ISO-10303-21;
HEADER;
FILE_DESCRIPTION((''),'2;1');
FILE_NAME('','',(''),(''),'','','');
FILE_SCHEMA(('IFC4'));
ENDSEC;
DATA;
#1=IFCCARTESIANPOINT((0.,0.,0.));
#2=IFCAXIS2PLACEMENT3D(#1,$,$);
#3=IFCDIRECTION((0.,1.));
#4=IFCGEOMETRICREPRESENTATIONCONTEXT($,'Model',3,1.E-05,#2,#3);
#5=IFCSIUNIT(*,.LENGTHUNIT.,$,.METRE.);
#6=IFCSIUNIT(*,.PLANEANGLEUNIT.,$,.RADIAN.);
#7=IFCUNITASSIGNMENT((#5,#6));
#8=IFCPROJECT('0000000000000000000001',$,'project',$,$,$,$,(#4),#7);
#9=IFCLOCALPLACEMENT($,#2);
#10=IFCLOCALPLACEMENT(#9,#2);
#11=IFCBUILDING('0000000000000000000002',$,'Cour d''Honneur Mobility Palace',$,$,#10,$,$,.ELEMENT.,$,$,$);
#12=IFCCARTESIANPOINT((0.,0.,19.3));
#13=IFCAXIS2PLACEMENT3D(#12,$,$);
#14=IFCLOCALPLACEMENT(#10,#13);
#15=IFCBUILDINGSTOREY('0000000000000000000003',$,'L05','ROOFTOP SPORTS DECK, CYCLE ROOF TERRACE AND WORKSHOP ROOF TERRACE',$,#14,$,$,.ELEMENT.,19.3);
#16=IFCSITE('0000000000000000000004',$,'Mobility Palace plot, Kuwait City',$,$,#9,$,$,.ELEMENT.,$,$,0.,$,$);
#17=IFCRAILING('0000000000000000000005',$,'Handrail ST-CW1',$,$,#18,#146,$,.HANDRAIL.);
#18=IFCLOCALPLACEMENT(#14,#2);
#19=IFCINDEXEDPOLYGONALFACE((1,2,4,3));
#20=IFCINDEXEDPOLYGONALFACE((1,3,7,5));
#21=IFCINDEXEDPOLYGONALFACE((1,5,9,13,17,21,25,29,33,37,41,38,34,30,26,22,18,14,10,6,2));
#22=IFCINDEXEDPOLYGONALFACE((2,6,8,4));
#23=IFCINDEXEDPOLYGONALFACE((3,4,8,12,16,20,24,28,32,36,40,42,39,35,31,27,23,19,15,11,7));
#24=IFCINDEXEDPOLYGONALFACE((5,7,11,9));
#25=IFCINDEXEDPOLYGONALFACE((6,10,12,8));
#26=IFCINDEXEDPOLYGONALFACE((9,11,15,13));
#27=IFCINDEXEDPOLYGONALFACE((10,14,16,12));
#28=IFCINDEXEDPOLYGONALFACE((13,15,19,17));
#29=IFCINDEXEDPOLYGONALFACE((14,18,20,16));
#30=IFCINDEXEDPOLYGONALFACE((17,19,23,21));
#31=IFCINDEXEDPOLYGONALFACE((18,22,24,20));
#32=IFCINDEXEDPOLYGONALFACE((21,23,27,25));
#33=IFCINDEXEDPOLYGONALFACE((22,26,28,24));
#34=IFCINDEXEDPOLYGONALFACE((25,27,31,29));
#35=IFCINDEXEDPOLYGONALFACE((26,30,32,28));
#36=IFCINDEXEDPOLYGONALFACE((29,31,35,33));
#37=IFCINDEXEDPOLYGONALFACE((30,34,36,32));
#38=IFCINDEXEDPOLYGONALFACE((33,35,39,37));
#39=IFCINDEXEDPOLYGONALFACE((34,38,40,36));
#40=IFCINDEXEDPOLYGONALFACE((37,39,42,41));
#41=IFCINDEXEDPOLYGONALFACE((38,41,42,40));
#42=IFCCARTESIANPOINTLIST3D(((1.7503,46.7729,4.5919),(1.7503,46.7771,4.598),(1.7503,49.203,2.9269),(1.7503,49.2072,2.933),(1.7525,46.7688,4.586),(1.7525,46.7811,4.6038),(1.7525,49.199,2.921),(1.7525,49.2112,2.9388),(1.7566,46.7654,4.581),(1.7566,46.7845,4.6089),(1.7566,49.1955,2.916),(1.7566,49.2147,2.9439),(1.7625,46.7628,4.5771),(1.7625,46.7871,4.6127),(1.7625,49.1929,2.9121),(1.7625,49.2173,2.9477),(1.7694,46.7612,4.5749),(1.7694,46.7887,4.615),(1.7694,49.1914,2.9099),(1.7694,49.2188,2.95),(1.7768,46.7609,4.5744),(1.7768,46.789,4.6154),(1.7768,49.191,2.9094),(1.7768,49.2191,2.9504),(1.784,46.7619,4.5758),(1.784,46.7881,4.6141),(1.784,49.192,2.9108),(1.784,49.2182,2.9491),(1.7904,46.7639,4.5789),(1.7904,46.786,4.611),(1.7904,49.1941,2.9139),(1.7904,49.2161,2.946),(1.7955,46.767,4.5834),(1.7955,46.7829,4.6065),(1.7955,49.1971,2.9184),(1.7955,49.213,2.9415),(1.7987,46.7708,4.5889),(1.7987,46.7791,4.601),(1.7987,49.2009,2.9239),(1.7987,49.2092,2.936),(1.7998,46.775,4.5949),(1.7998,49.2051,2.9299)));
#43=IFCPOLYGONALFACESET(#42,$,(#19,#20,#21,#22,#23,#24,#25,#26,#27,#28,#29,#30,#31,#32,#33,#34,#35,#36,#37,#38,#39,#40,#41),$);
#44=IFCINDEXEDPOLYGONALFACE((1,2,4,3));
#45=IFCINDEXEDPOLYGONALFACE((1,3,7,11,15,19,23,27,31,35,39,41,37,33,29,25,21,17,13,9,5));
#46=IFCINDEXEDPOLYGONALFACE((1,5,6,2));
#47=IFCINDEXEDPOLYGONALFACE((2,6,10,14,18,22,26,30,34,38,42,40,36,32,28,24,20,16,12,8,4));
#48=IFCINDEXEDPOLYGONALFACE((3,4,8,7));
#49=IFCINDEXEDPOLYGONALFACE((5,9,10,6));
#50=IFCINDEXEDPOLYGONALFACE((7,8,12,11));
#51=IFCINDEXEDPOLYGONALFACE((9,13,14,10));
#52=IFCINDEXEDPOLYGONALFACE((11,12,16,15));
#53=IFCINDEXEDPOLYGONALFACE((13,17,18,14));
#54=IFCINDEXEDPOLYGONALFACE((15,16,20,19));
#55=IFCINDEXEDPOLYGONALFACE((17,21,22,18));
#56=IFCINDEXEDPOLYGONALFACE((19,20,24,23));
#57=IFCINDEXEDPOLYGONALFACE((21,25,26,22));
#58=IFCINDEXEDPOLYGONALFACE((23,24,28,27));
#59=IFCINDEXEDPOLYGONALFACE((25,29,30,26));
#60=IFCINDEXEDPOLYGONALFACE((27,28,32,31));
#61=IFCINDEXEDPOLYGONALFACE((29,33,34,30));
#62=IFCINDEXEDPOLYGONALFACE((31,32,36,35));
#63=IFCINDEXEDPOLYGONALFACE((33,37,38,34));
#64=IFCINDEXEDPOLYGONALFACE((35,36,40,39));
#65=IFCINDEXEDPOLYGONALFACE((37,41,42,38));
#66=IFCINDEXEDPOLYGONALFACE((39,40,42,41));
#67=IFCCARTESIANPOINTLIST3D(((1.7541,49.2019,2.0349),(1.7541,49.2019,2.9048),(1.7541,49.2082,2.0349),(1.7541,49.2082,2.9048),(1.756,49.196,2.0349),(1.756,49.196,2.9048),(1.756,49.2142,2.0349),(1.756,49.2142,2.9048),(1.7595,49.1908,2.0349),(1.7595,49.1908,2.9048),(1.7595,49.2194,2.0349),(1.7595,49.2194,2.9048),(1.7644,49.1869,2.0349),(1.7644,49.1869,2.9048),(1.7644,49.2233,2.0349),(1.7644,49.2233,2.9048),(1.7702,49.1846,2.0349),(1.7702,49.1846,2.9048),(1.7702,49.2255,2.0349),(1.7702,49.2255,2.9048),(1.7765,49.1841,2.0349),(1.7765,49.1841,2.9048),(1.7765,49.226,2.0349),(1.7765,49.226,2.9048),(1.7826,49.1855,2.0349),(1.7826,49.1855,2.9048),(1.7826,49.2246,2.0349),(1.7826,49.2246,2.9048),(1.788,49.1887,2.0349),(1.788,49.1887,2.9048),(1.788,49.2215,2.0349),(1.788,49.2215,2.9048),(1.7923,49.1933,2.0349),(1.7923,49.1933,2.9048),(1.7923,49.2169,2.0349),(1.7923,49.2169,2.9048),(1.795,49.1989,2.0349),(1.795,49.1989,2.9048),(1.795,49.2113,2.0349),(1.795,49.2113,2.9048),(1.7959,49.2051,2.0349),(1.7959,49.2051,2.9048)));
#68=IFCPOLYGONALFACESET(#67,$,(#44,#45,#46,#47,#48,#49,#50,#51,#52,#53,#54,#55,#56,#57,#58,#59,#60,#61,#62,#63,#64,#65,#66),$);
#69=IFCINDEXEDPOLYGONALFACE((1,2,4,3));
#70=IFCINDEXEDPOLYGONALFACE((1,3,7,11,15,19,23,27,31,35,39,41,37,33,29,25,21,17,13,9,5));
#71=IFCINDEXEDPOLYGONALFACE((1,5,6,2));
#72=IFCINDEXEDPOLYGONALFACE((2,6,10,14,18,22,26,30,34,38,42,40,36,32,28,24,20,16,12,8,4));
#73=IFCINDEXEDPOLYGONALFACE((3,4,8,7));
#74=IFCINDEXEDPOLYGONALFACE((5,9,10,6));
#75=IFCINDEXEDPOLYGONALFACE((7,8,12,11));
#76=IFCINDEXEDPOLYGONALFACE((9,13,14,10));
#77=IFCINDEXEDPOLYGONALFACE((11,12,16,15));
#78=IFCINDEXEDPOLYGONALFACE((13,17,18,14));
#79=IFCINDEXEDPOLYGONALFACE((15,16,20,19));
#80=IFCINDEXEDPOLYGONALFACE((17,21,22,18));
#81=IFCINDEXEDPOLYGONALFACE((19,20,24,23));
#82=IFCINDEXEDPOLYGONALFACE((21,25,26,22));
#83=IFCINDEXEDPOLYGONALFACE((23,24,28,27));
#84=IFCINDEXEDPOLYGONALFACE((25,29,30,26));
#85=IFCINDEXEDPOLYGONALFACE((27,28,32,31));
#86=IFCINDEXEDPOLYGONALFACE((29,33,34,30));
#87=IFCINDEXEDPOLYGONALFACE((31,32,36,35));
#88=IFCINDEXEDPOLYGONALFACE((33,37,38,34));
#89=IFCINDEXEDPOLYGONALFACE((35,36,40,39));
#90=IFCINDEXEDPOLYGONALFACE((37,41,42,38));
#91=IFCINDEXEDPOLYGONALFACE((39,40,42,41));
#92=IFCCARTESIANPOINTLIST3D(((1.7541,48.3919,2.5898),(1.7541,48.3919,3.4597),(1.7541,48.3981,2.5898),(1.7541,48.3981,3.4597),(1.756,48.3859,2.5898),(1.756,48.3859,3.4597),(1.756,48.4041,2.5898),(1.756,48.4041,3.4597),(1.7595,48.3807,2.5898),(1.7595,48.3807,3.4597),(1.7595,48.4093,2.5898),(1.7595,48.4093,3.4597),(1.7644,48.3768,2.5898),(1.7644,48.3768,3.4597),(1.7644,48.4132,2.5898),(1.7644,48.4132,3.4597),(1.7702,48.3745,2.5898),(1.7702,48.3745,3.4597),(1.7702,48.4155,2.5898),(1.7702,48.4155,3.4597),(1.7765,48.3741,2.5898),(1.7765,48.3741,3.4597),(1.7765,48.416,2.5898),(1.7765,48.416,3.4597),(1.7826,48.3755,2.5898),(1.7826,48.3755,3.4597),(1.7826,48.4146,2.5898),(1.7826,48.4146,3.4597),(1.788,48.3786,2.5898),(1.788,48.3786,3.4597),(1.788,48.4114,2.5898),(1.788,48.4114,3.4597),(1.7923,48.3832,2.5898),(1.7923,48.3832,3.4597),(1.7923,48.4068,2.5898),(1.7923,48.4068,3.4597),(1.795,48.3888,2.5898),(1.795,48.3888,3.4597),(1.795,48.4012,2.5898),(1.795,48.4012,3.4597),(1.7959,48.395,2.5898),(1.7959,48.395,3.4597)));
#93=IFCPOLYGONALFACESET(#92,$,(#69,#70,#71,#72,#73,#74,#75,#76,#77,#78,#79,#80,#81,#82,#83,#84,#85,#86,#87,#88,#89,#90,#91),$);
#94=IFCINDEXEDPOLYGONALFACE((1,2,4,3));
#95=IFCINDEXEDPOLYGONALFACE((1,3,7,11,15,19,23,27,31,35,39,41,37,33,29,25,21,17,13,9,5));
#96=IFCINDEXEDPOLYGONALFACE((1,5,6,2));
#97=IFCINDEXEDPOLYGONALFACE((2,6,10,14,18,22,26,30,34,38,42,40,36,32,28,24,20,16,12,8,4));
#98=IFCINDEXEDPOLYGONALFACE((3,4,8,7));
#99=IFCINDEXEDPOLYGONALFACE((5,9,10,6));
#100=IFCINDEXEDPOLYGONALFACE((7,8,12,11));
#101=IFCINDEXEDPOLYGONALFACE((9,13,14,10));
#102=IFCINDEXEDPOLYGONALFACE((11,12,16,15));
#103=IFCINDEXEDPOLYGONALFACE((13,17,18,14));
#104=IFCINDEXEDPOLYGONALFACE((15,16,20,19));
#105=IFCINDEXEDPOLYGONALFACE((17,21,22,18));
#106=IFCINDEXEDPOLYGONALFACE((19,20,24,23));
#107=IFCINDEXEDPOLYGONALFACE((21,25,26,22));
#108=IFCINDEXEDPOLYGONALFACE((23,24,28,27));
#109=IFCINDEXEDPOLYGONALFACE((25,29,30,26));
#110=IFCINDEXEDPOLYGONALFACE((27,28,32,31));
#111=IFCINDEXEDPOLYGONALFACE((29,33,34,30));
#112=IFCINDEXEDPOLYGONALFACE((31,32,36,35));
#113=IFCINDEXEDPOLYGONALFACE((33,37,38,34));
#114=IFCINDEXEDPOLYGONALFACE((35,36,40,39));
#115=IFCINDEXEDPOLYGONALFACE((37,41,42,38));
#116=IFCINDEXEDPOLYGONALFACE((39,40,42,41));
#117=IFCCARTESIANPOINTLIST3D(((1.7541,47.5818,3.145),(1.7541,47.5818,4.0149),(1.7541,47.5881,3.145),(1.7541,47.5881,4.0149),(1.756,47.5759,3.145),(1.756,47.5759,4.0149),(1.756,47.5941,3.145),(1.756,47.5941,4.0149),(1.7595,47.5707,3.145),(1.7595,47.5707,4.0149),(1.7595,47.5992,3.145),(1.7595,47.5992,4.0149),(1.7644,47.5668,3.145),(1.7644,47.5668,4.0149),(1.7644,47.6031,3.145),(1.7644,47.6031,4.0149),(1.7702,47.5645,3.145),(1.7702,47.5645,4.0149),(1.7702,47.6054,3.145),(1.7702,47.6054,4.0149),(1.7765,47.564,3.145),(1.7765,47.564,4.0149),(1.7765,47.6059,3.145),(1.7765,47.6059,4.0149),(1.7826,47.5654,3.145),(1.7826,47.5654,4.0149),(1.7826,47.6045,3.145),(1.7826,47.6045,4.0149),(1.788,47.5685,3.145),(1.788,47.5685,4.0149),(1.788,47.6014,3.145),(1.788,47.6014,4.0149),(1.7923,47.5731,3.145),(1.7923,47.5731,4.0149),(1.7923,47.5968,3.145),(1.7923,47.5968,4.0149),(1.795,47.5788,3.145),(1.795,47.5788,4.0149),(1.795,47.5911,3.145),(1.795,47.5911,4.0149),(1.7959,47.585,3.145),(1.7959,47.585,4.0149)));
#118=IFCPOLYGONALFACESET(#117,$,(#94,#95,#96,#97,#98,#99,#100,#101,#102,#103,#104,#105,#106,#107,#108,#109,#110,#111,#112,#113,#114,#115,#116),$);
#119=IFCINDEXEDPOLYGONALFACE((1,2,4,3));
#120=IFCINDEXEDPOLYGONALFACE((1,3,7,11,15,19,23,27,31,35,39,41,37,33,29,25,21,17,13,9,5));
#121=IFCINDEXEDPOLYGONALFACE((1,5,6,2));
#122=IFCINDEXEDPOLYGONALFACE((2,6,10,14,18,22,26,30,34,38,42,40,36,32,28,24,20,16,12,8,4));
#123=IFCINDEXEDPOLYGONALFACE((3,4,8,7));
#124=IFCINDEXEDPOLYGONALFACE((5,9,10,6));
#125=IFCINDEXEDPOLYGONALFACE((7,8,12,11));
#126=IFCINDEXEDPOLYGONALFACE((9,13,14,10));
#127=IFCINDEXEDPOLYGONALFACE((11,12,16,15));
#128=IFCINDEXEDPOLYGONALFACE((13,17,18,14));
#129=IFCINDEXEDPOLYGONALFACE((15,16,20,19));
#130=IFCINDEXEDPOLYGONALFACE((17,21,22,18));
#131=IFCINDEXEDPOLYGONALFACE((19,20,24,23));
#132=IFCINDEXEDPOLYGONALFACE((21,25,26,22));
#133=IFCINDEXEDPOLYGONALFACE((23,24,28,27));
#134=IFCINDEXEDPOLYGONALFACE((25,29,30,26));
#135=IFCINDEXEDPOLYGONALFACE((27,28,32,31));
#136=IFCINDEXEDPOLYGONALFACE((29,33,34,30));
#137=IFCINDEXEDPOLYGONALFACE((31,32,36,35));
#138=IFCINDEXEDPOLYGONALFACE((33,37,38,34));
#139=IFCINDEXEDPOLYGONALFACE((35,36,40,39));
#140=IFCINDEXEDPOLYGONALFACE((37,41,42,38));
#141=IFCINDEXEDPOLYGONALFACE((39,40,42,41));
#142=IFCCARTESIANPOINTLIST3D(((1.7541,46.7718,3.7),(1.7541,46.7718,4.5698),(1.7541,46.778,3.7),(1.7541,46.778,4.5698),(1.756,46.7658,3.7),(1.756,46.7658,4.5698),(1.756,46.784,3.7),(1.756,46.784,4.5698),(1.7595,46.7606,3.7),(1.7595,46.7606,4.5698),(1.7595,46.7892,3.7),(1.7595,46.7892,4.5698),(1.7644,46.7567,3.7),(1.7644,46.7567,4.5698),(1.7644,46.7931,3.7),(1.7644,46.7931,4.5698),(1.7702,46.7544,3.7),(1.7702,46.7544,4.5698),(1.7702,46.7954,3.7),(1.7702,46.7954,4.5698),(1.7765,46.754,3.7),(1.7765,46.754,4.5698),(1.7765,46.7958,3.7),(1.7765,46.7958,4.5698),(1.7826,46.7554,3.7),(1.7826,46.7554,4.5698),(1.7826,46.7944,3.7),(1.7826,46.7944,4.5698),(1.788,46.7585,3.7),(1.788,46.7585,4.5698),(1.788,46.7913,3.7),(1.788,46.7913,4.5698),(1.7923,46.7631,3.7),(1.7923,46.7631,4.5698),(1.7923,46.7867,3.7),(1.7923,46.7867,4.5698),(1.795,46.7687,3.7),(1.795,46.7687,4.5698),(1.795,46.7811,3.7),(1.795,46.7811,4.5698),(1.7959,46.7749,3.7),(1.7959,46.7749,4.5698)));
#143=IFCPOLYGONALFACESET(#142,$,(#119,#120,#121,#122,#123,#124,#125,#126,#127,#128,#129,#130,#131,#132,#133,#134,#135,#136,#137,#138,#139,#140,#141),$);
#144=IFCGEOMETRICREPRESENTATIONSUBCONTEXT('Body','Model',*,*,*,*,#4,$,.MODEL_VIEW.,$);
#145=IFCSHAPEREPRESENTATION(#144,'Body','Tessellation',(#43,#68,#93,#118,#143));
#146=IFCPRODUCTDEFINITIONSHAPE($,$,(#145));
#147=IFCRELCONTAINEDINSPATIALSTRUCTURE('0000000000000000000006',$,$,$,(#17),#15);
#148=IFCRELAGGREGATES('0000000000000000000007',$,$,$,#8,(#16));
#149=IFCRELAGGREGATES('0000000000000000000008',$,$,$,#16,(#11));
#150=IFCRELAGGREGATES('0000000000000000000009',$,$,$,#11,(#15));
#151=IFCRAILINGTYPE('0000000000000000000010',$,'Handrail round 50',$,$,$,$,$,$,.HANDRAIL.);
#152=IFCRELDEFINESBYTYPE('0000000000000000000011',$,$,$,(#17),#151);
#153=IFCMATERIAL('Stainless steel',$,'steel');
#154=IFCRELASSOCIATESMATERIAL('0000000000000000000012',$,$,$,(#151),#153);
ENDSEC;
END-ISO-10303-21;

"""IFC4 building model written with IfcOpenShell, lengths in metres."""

from ifc_helpers import new_model, si_unit, direction, frame, origin, origin_2d, place, context, subcontext, project, spatial, circle, extrude, material, type_object, element, save


model = new_model("IFC4")

# Units and contexts
model_context = context("Model", 3, precision=1e-05, world=origin(), true_north=direction((0.0, 1.0)))
body_context = subcontext(model_context, "Body", "Model", "MODEL_VIEW")
ifc_project = project(units=[si_unit("LENGTHUNIT", "METRE"), si_unit("PLANEANGLEUNIT", "RADIAN")], contexts=[model_context])

# Site, building, storey
site_placement = place(None, origin())
site = spatial("IfcSite", under=ifc_project, at=site_placement, Name="Mobility Palace plot, Kuwait City", CompositionType="ELEMENT", RefElevation=0.0)
building_placement = place(site_placement, origin())
building = spatial("IfcBuilding", under=site, at=building_placement, Name="Cour d'Honneur Mobility Palace", CompositionType="ELEMENT")
storey_placement = place(building_placement, frame((0.0, 0.0, 19.3)))
storey = spatial("IfcBuildingStorey", under=building, at=storey_placement, Name="L05", Description="ROOFTOP SPORTS DECK, CYCLE ROOF TERRACE AND WORKSHOP ROOF TERRACE", CompositionType="ELEMENT", Elevation=19.3)

# Railing
ifc_material_1 = material(Name="Stainless steel", Category="steel")
railing_type_1 = type_object("IfcRailingType", Name="Handrail round 50", PredefinedType="HANDRAIL", material=ifc_material_1)
for number, where, name in (
    (1, (1.7749, 49.2051, 2.0349), "Handrail ST-CW1"),
):
    element("IfcRailing", number, at=place(storey_placement, frame(where)), inside=storey, type_object=railing_type_1, Name=name, PredefinedType="HANDRAIL", context=body_context, shape_type="SweptSolid", body=[
        extrude(circle(Radius=0.0249, at=origin_2d()), frame((0.0, 0.0, 0.895), z_axis=(0.0, -0.824945, 0.565213), x_axis=(1.0, 0.0, 0.0)), (0.0, 0.0, 1.0), 2.9458),
        extrude(circle(Radius=0.021, at=origin_2d()), origin(), (0.0, 0.0, 1.0), 0.8699),
        extrude(circle(Radius=0.021, at=origin_2d()), frame((0.0, -0.8101, 0.5549)), (0.0, 0.0, 1.0), 0.8699),
        extrude(circle(Radius=0.021, at=origin_2d()), frame((0.0, -1.6201, 1.1101)), (0.0, 0.0, 1.0), 0.8699),
        extrude(circle(Radius=0.021, at=origin_2d()), frame((0.0, -2.4302, 1.665)), (0.0, 0.0, 1.0), 0.8699),
    ])

save(model, "model.ifc")
